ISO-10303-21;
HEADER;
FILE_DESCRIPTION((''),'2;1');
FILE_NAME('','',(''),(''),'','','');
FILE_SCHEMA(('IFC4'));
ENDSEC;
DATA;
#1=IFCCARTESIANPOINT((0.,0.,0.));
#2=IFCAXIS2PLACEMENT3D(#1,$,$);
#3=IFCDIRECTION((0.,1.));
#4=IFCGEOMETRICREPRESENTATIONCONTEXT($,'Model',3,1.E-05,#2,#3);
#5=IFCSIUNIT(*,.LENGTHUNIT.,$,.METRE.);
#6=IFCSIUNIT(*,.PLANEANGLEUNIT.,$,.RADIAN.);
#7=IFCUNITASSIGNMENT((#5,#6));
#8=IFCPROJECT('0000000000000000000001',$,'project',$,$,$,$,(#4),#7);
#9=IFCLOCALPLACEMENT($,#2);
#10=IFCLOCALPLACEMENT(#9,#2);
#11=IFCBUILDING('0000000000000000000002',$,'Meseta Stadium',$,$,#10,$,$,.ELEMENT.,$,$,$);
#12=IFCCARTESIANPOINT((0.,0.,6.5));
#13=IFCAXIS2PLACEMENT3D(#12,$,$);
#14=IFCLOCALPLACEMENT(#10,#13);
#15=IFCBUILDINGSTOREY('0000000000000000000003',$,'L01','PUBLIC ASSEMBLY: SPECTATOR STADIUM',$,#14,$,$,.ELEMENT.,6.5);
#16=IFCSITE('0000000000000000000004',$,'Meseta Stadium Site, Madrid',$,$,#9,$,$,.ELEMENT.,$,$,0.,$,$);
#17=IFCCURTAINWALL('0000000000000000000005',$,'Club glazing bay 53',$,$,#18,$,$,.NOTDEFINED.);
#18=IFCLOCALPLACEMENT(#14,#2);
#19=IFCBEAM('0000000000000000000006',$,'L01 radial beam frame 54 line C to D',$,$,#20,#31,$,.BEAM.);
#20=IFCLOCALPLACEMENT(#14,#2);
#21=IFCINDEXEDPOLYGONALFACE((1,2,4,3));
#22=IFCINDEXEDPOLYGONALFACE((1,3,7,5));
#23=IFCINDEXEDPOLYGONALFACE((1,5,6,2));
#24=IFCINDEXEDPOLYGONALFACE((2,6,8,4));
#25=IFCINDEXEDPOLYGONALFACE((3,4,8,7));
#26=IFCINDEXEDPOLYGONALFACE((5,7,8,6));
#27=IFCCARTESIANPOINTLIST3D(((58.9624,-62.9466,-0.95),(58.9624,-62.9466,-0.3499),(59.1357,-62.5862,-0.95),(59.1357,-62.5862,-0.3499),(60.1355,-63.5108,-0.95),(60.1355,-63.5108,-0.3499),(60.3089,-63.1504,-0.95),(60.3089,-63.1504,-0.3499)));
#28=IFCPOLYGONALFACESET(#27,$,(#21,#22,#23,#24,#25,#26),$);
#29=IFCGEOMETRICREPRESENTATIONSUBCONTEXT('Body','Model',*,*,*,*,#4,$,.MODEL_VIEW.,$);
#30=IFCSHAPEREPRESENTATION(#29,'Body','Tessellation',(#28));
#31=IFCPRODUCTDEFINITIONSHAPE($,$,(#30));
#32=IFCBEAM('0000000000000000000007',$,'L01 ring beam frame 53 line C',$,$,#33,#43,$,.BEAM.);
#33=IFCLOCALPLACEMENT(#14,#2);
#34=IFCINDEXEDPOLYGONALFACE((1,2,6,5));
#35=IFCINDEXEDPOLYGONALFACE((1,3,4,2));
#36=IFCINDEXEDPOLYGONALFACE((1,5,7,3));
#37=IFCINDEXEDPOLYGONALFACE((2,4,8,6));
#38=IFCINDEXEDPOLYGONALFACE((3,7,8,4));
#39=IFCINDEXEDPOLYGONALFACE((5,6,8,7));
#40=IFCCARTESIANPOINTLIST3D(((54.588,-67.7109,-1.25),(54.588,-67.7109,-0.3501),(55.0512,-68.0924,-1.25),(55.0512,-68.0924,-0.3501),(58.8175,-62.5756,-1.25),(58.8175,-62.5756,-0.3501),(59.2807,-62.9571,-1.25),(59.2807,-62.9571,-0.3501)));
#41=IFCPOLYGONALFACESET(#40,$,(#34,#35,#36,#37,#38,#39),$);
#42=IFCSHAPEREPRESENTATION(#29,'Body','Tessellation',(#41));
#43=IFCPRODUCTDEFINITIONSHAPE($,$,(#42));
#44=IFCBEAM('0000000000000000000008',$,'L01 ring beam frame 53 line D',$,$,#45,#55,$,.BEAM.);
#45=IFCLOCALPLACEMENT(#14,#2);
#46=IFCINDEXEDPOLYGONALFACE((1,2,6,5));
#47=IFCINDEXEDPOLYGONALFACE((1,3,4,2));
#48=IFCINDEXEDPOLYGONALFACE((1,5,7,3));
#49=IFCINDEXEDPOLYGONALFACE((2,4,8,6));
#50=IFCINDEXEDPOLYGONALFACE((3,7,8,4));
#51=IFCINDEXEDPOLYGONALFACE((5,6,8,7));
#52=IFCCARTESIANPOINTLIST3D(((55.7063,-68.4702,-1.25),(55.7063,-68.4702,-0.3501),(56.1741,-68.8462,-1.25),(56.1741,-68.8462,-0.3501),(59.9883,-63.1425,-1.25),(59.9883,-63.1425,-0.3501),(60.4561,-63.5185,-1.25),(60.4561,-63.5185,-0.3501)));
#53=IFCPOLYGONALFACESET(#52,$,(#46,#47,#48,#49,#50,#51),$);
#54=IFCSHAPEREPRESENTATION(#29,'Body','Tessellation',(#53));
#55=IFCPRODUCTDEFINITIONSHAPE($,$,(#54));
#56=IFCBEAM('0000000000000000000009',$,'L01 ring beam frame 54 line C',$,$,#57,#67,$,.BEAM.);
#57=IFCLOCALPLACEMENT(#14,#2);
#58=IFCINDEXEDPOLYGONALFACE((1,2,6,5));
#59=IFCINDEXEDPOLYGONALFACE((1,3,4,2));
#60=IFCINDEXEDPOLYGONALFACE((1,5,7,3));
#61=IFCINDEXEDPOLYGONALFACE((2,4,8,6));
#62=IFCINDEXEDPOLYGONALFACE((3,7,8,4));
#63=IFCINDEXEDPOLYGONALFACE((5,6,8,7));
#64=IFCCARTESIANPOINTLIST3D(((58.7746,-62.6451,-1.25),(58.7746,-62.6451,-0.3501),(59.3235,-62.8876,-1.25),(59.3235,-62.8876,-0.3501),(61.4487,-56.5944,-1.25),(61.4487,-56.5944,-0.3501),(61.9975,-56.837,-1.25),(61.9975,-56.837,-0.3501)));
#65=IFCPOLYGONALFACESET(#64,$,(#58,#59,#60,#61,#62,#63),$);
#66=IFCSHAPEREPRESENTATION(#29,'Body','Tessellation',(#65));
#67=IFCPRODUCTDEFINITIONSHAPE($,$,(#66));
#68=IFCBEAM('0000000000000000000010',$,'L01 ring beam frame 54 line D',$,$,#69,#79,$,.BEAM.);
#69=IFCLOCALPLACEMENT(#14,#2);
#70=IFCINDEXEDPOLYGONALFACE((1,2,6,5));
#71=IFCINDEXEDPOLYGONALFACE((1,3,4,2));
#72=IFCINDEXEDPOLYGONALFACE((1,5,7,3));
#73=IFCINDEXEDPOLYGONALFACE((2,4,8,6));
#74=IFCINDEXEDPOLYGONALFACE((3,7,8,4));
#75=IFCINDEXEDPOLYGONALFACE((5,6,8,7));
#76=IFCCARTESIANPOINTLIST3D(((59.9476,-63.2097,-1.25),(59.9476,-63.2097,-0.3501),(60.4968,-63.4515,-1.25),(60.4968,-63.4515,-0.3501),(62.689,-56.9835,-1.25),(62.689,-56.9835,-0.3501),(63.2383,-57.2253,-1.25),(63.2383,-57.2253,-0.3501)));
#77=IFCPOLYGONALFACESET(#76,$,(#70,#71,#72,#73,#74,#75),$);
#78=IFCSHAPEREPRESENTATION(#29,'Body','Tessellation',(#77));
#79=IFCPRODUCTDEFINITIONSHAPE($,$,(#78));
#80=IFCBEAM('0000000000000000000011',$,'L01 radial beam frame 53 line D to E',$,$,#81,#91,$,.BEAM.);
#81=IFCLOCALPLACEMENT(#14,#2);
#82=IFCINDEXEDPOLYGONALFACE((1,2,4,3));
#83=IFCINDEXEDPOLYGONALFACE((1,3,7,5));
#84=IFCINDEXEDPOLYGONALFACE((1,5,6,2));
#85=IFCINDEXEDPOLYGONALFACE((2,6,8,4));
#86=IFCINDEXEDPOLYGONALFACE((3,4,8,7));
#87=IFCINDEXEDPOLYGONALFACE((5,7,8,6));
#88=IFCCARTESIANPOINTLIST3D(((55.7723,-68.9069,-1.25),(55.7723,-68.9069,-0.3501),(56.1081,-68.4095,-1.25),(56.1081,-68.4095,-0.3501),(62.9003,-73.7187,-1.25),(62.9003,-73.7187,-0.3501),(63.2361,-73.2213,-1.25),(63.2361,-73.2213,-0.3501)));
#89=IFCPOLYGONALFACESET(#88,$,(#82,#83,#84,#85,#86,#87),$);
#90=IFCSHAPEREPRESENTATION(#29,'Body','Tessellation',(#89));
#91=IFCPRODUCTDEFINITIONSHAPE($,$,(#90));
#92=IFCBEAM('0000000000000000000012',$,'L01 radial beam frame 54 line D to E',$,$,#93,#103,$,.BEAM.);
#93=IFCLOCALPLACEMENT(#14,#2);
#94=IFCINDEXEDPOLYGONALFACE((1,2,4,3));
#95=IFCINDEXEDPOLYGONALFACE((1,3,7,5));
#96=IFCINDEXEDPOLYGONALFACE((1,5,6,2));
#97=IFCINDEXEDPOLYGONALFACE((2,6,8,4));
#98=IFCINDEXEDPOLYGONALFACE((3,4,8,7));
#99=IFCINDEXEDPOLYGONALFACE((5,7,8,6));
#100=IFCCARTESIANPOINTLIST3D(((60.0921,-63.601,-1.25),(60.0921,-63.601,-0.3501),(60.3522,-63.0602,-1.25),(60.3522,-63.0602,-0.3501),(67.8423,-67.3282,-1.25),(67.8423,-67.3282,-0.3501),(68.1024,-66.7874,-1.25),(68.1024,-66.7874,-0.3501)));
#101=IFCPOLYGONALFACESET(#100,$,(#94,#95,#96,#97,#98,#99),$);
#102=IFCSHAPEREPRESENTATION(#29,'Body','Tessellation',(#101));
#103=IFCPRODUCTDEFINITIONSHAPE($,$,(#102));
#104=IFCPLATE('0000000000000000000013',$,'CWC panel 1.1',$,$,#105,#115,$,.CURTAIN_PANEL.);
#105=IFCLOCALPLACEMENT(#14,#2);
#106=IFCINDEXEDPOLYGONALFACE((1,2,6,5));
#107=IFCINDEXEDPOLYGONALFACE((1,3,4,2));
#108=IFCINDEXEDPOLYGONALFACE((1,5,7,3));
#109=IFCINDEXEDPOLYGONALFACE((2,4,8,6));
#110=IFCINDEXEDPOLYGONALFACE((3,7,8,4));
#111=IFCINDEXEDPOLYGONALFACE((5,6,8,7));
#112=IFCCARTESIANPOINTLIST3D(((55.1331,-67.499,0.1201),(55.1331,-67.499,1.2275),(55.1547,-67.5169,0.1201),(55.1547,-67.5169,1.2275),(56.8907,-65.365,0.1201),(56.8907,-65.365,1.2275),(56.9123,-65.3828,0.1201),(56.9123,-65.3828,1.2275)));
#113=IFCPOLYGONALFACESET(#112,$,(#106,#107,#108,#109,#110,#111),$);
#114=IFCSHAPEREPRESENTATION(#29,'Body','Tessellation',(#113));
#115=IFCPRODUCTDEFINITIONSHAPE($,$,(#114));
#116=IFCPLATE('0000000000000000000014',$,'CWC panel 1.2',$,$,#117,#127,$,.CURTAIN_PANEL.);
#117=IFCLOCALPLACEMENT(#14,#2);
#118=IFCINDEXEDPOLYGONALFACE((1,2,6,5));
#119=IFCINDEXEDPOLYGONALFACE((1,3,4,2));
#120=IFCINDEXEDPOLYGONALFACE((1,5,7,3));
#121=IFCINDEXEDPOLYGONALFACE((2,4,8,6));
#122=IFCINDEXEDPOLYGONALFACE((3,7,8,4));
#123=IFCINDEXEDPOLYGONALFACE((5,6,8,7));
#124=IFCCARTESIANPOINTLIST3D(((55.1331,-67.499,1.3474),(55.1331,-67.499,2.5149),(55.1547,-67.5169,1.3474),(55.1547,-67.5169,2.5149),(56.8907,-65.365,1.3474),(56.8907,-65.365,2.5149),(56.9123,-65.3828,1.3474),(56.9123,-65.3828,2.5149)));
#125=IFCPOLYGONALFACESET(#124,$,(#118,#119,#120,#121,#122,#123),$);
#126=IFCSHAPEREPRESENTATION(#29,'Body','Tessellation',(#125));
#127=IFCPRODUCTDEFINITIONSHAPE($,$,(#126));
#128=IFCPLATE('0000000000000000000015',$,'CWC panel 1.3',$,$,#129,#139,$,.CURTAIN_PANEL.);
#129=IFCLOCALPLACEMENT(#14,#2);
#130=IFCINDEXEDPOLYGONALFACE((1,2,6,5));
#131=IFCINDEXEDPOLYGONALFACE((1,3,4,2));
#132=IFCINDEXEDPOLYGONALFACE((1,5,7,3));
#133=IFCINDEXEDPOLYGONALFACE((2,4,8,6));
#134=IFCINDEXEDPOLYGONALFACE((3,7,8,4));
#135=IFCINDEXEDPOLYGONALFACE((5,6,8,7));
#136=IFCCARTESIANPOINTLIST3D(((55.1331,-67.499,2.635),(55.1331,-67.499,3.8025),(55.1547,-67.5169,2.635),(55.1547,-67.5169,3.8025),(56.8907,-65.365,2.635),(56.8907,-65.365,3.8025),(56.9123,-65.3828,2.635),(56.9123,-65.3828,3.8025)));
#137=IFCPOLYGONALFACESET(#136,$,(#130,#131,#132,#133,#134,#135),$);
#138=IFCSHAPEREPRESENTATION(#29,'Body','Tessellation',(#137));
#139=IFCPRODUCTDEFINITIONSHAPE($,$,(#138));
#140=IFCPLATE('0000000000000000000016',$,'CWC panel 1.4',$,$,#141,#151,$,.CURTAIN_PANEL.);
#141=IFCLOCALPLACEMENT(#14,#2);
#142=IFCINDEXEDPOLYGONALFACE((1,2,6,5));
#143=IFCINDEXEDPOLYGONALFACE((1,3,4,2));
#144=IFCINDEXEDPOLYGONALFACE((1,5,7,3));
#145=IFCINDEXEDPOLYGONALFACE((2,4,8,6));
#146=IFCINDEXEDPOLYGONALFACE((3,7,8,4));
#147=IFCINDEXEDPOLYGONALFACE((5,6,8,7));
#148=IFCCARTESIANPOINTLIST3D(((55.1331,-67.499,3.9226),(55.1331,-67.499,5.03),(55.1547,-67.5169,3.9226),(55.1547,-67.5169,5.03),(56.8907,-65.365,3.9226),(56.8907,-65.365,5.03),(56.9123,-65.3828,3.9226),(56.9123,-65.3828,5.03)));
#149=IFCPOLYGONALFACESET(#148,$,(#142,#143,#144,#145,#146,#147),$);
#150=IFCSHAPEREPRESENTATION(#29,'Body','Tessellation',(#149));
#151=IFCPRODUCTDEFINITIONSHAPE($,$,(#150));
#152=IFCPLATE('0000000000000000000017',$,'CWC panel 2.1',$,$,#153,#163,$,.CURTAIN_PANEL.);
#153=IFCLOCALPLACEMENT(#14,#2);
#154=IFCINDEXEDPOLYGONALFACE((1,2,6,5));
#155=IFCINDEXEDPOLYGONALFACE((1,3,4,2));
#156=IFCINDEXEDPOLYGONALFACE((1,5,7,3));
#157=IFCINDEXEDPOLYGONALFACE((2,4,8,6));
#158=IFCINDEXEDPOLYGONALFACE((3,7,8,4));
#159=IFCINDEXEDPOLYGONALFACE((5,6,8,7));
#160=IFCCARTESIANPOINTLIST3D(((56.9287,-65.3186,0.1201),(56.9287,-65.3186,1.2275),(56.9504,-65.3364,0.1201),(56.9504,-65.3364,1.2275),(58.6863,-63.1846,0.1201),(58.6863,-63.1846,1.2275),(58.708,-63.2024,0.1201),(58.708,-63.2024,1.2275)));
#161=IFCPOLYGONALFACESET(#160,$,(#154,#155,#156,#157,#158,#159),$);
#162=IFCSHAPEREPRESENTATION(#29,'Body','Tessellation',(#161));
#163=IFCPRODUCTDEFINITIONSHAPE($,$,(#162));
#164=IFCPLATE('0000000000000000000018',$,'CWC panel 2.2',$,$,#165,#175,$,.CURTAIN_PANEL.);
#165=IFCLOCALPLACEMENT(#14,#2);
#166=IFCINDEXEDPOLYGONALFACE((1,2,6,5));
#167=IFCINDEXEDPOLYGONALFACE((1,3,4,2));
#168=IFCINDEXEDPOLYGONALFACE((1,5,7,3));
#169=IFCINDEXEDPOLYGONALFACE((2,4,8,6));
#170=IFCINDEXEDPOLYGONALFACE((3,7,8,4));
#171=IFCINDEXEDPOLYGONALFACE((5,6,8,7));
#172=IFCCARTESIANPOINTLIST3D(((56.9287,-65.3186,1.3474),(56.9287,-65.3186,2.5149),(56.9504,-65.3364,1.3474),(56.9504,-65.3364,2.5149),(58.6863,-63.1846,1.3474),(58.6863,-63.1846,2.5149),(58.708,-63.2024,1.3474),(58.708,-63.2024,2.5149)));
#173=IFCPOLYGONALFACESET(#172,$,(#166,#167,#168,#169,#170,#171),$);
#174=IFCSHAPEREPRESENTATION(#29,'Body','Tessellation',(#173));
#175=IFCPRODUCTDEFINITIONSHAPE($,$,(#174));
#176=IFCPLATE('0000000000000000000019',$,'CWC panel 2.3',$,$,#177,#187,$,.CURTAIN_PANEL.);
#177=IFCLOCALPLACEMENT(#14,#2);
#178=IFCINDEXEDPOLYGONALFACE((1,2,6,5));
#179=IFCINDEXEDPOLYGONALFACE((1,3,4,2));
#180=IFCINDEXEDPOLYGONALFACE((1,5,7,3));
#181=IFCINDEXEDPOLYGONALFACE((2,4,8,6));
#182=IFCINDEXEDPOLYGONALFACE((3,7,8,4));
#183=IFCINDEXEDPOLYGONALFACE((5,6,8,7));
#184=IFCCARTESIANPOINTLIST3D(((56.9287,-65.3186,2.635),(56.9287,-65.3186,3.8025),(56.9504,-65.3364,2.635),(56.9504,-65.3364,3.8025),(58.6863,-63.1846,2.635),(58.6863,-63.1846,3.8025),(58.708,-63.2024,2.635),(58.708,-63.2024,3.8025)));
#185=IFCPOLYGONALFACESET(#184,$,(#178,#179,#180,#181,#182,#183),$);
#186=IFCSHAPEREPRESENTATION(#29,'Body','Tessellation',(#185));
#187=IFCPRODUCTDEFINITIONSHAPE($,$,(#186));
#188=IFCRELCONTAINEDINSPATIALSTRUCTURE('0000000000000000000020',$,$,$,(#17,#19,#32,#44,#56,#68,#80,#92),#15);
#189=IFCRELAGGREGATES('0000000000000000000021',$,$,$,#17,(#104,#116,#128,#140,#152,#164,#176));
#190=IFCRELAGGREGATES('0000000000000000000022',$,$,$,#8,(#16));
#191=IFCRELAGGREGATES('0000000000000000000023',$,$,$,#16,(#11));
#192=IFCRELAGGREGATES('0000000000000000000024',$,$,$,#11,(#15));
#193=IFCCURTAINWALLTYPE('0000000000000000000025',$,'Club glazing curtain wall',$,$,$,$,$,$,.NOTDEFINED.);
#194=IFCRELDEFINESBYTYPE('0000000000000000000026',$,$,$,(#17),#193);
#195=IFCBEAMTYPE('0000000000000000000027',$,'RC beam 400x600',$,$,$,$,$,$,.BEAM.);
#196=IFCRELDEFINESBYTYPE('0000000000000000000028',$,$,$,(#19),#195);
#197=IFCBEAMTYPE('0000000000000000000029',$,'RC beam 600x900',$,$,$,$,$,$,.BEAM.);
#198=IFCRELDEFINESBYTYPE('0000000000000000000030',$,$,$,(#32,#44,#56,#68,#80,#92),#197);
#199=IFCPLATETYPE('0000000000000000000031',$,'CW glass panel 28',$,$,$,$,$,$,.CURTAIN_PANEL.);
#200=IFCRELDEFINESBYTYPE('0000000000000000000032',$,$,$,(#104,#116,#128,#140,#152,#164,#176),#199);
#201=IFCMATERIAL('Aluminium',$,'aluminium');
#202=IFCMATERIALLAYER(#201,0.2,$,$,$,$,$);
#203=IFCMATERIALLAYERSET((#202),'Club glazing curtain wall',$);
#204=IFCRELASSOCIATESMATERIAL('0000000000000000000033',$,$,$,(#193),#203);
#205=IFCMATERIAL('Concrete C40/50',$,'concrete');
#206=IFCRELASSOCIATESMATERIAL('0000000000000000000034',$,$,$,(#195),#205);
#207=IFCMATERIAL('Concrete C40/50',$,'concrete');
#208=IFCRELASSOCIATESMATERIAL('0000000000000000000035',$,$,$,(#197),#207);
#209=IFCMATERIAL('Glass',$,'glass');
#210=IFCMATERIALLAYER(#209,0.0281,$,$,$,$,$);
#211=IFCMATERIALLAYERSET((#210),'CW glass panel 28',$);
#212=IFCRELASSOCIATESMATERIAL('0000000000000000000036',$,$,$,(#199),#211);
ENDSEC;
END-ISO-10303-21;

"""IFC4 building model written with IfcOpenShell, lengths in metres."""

from ifc_helpers import new_model, si_unit, direction, frame, origin, origin_2d, place, context, subcontext, project, spatial, rectangle, extrude, material, layer, layer_set, material_profile, profile_set, type_object, element, aggregate, save


model = new_model("IFC4")

# Units and contexts
model_context = context("Model", 3, precision=1e-05, world=origin(), true_north=direction((0.0, 1.0)))
body_context = subcontext(model_context, "Body", "Model", "MODEL_VIEW")
ifc_project = project(units=[si_unit("LENGTHUNIT", "METRE"), si_unit("PLANEANGLEUNIT", "RADIAN")], contexts=[model_context])

# Site, building, storey
site_placement = place(None, origin())
site = spatial("IfcSite", under=ifc_project, at=site_placement, Name="Meseta Stadium Site, Madrid", CompositionType="ELEMENT", RefElevation=0.0)
building_placement = place(site_placement, origin())
building = spatial("IfcBuilding", under=site, at=building_placement, Name="Meseta Stadium", CompositionType="ELEMENT")
storey_placement = place(building_placement, frame((0.0, 0.0, 6.5)))
storey = spatial("IfcBuildingStorey", under=building, at=storey_placement, Name="L01", Description="PUBLIC ASSEMBLY: SPECTATOR STADIUM", CompositionType="ELEMENT", Elevation=6.5)

# Shared definitions
ifc_material_1 = material(Name="Aluminium", Category="aluminium")
ifc_layer_1 = layer(ifc_material_1, 0.2)
ifc_layer_set_1 = layer_set([ifc_layer_1], Name="Club glazing curtain wall")
curtain_wall_type = type_object("IfcCurtainWallType", Name="Club glazing curtain wall", PredefinedType="NOTDEFINED", material=ifc_layer_set_1)

# Curtain wall
curtain_wall_1_placement = place(storey_placement, origin())
curtain_wall_1 = element("IfcCurtainWall", 1, at=curtain_wall_1_placement, inside=storey, type_object=curtain_wall_type, Name="Club glazing bay 53", PredefinedType="NOTDEFINED")

# Beams
ifc_material_2 = material(Name="Concrete C40/50", Category="concrete")
ifc_material_profile_1 = material_profile(ifc_material_2, rectangle(XDim=0.3999, YDim=0.6001, at=origin_2d()), Name="RC 400x600")
ifc_profile_set_1 = profile_set([ifc_material_profile_1], Name="Concrete C40/50")
beam_type_1 = type_object("IfcBeamType", Name="RC beam 400x600", PredefinedType="BEAM", material=ifc_profile_set_1)
beam_1_placement = place(storey_placement, frame((59.0491, -62.7664, -0.6499), z_axis=(0.901186, -0.433432, 0.0), x_axis=(0.433432, 0.901186, 0.0)))
element("IfcBeam", 2, at=beam_1_placement, inside=storey, type_object=beam_type_1, Name="L01 radial beam frame 54 line C to D", PredefinedType="BEAM", context=body_context, shape_type="SweptSolid", body=[
    extrude(rectangle(XDim=0.3999, YDim=0.6001, at=origin_2d()), origin(), (0.0, 0.0, 1.0), 1.3018),
])
ifc_material_3 = material(Name="Concrete C40/50", Category="concrete")
ifc_material_profile_2 = material_profile(ifc_material_3, rectangle(XDim=0.6001, YDim=0.8999, at=origin_2d()), Name="RC 600x900")
ifc_profile_set_2 = profile_set([ifc_material_profile_2], Name="Concrete C40/50")
beam_type_2 = type_object("IfcBeamType", Name="RC beam 600x900", PredefinedType="BEAM", material=ifc_profile_set_2)
beam_2_placement = place(storey_placement, frame((54.8196, -67.9016, -0.8), z_axis=(0.635748, 0.771896, 0.0), x_axis=(-0.771896, 0.635748, 0.0)))
element("IfcBeam", 3, at=beam_2_placement, inside=storey, type_object=beam_type_2, Name="L01 ring beam frame 53 line C", PredefinedType="BEAM", context=body_context, shape_type="SweptSolid", body=[
    extrude(rectangle(XDim=0.6001, YDim=0.8999, at=origin_2d()), origin(), (0.0, 0.0, 1.0), 6.6528),
])
beam_3_placement = place(storey_placement, frame((55.9402, -68.6582, -0.8), z_axis=(0.626466, 0.779449, 0.0), x_axis=(-0.779449, 0.626466, 0.0)))
element("IfcBeam", 4, at=beam_3_placement, inside=storey, type_object=beam_type_2, Name="L01 ring beam frame 53 line D", PredefinedType="BEAM", context=body_context, shape_type="SweptSolid", body=[
    extrude(rectangle(XDim=0.6001, YDim=0.8999, at=origin_2d()), origin(), (0.0, 0.0, 1.0), 6.8352),
])
beam_4_placement = place(storey_placement, frame((59.0491, -62.7664, -0.8), z_axis=(0.404223, 0.91466, 0.0), x_axis=(-0.91466, 0.404223, 0.0)))
element("IfcBeam", 5, at=beam_4_placement, inside=storey, type_object=beam_type_2, Name="L01 ring beam frame 54 line C", PredefinedType="BEAM", context=body_context, shape_type="SweptSolid", body=[
    extrude(rectangle(XDim=0.6001, YDim=0.8999, at=origin_2d()), origin(), (0.0, 0.0, 1.0), 6.6152),
])
beam_5_placement = place(storey_placement, frame((60.2222, -63.3306, -0.8), z_axis=(0.402983, 0.915208, 0.0), x_axis=(-0.915208, 0.402983, 0.0)))
element("IfcBeam", 6, at=beam_5_placement, inside=storey, type_object=beam_type_2, Name="L01 ring beam frame 54 line D", PredefinedType="BEAM", context=body_context, shape_type="SweptSolid", body=[
    extrude(rectangle(XDim=0.6001, YDim=0.8999, at=origin_2d()), origin(), (0.0, 0.0, 1.0), 6.803),
])
beam_6_placement = place(storey_placement, frame((55.9402, -68.6582, -0.8), z_axis=(0.828826, -0.559506, 0.0), x_axis=(0.559506, 0.828826, 0.0)))
element("IfcBeam", 7, at=beam_6_placement, inside=storey, type_object=beam_type_2, Name="L01 radial beam frame 53 line D to E", PredefinedType="BEAM", context=body_context, shape_type="SweptSolid", body=[
    extrude(rectangle(XDim=0.6001, YDim=0.8999, at=origin_2d()), origin(), (0.0, 0.0, 1.0), 8.6001),
])
beam_7_placement = place(storey_placement, frame((60.2222, -63.3306, -0.8), z_axis=(0.901197, -0.433409, 0.0), x_axis=(0.433409, 0.901197, 0.0)))
element("IfcBeam", 8, at=beam_7_placement, inside=storey, type_object=beam_type_2, Name="L01 radial beam frame 54 line D to E", PredefinedType="BEAM", context=body_context, shape_type="SweptSolid", body=[
    extrude(rectangle(XDim=0.6001, YDim=0.8999, at=origin_2d()), origin(), (0.0, 0.0, 1.0), 8.5999),
])

# Plates
ifc_material_4 = material(Name="Glass", Category="glass")
ifc_layer_2 = layer(ifc_material_4, 0.0281)
ifc_layer_set_2 = layer_set([ifc_layer_2], Name="CW glass panel 28")
plate_type = type_object("IfcPlateType", Name="CW glass panel 28", PredefinedType="CURTAIN_PANEL", material=ifc_layer_set_2)
plate_1_placement = place(storey_placement, frame((56.0227, -66.4409, 0.1201), z_axis=(0.0, 0.0, 1.0), x_axis=(0.635741, 0.771902, 0.0)))
plate_1 = element("IfcPlate", 9, at=plate_1_placement, type_object=plate_type, Name="CWC panel 1.1", PredefinedType="CURTAIN_PANEL", context=body_context, shape_type="SweptSolid", body=[
    extrude(rectangle(XDim=2.7646, YDim=0.0281, at=origin_2d()), origin(), (0.0, 0.0, 1.0), 1.1074),
])
plate_2_placement = place(storey_placement, frame((56.0227, -66.4409, 1.3474), z_axis=(0.0, 0.0, 1.0), x_axis=(0.635741, 0.771902, 0.0)))
plate_2 = element("IfcPlate", 10, at=plate_2_placement, type_object=plate_type, Name="CWC panel 1.2", PredefinedType="CURTAIN_PANEL", context=body_context, shape_type="SweptSolid", body=[
    extrude(rectangle(XDim=2.7646, YDim=0.0281, at=origin_2d()), origin(), (0.0, 0.0, 1.0), 1.1675),
])
plate_3_placement = place(storey_placement, frame((56.0227, -66.4409, 2.635), z_axis=(0.0, 0.0, 1.0), x_axis=(0.635741, 0.771902, 0.0)))
plate_3 = element("IfcPlate", 11, at=plate_3_placement, type_object=plate_type, Name="CWC panel 1.3", PredefinedType="CURTAIN_PANEL", context=body_context, shape_type="SweptSolid", body=[
    extrude(rectangle(XDim=2.7646, YDim=0.0281, at=origin_2d()), origin(), (0.0, 0.0, 1.0), 1.1675),
])
plate_4_placement = place(storey_placement, frame((56.0227, -66.4409, 3.9226), z_axis=(0.0, 0.0, 1.0), x_axis=(0.635741, 0.771902, 0.0)))
plate_4 = element("IfcPlate", 12, at=plate_4_placement, type_object=plate_type, Name="CWC panel 1.4", PredefinedType="CURTAIN_PANEL", context=body_context, shape_type="SweptSolid", body=[
    extrude(rectangle(XDim=2.7646, YDim=0.0281, at=origin_2d()), origin(), (0.0, 0.0, 1.0), 1.1074),
])
plate_5_placement = place(storey_placement, frame((57.8184, -64.2605, 0.1201), z_axis=(0.0, 0.0, 1.0), x_axis=(0.635741, 0.771902, 0.0)))
plate_5 = element("IfcPlate", 13, at=plate_5_placement, type_object=plate_type, Name="CWC panel 2.1", PredefinedType="CURTAIN_PANEL", context=body_context, shape_type="SweptSolid", body=[
    extrude(rectangle(XDim=2.7646, YDim=0.0281, at=origin_2d()), origin(), (0.0, 0.0, 1.0), 1.1074),
])
plate_6_placement = place(storey_placement, frame((57.8184, -64.2605, 1.3474), z_axis=(0.0, 0.0, 1.0), x_axis=(0.635741, 0.771902, 0.0)))
plate_6 = element("IfcPlate", 14, at=plate_6_placement, type_object=plate_type, Name="CWC panel 2.2", PredefinedType="CURTAIN_PANEL", context=body_context, shape_type="SweptSolid", body=[
    extrude(rectangle(XDim=2.7646, YDim=0.0281, at=origin_2d()), origin(), (0.0, 0.0, 1.0), 1.1675),
])
plate_7_placement = place(storey_placement, frame((57.8184, -64.2605, 2.635), z_axis=(0.0, 0.0, 1.0), x_axis=(0.635741, 0.771902, 0.0)))
plate_7 = element("IfcPlate", 15, at=plate_7_placement, type_object=plate_type, Name="CWC panel 2.3", PredefinedType="CURTAIN_PANEL", context=body_context, shape_type="SweptSolid", body=[
    extrude(rectangle(XDim=2.7646, YDim=0.0281, at=origin_2d()), origin(), (0.0, 0.0, 1.0), 1.1675),
])
aggregate(curtain_wall_1, [plate_1, plate_2, plate_3, plate_4, plate_5, plate_6, plate_7])

save(model, "model.ifc")
